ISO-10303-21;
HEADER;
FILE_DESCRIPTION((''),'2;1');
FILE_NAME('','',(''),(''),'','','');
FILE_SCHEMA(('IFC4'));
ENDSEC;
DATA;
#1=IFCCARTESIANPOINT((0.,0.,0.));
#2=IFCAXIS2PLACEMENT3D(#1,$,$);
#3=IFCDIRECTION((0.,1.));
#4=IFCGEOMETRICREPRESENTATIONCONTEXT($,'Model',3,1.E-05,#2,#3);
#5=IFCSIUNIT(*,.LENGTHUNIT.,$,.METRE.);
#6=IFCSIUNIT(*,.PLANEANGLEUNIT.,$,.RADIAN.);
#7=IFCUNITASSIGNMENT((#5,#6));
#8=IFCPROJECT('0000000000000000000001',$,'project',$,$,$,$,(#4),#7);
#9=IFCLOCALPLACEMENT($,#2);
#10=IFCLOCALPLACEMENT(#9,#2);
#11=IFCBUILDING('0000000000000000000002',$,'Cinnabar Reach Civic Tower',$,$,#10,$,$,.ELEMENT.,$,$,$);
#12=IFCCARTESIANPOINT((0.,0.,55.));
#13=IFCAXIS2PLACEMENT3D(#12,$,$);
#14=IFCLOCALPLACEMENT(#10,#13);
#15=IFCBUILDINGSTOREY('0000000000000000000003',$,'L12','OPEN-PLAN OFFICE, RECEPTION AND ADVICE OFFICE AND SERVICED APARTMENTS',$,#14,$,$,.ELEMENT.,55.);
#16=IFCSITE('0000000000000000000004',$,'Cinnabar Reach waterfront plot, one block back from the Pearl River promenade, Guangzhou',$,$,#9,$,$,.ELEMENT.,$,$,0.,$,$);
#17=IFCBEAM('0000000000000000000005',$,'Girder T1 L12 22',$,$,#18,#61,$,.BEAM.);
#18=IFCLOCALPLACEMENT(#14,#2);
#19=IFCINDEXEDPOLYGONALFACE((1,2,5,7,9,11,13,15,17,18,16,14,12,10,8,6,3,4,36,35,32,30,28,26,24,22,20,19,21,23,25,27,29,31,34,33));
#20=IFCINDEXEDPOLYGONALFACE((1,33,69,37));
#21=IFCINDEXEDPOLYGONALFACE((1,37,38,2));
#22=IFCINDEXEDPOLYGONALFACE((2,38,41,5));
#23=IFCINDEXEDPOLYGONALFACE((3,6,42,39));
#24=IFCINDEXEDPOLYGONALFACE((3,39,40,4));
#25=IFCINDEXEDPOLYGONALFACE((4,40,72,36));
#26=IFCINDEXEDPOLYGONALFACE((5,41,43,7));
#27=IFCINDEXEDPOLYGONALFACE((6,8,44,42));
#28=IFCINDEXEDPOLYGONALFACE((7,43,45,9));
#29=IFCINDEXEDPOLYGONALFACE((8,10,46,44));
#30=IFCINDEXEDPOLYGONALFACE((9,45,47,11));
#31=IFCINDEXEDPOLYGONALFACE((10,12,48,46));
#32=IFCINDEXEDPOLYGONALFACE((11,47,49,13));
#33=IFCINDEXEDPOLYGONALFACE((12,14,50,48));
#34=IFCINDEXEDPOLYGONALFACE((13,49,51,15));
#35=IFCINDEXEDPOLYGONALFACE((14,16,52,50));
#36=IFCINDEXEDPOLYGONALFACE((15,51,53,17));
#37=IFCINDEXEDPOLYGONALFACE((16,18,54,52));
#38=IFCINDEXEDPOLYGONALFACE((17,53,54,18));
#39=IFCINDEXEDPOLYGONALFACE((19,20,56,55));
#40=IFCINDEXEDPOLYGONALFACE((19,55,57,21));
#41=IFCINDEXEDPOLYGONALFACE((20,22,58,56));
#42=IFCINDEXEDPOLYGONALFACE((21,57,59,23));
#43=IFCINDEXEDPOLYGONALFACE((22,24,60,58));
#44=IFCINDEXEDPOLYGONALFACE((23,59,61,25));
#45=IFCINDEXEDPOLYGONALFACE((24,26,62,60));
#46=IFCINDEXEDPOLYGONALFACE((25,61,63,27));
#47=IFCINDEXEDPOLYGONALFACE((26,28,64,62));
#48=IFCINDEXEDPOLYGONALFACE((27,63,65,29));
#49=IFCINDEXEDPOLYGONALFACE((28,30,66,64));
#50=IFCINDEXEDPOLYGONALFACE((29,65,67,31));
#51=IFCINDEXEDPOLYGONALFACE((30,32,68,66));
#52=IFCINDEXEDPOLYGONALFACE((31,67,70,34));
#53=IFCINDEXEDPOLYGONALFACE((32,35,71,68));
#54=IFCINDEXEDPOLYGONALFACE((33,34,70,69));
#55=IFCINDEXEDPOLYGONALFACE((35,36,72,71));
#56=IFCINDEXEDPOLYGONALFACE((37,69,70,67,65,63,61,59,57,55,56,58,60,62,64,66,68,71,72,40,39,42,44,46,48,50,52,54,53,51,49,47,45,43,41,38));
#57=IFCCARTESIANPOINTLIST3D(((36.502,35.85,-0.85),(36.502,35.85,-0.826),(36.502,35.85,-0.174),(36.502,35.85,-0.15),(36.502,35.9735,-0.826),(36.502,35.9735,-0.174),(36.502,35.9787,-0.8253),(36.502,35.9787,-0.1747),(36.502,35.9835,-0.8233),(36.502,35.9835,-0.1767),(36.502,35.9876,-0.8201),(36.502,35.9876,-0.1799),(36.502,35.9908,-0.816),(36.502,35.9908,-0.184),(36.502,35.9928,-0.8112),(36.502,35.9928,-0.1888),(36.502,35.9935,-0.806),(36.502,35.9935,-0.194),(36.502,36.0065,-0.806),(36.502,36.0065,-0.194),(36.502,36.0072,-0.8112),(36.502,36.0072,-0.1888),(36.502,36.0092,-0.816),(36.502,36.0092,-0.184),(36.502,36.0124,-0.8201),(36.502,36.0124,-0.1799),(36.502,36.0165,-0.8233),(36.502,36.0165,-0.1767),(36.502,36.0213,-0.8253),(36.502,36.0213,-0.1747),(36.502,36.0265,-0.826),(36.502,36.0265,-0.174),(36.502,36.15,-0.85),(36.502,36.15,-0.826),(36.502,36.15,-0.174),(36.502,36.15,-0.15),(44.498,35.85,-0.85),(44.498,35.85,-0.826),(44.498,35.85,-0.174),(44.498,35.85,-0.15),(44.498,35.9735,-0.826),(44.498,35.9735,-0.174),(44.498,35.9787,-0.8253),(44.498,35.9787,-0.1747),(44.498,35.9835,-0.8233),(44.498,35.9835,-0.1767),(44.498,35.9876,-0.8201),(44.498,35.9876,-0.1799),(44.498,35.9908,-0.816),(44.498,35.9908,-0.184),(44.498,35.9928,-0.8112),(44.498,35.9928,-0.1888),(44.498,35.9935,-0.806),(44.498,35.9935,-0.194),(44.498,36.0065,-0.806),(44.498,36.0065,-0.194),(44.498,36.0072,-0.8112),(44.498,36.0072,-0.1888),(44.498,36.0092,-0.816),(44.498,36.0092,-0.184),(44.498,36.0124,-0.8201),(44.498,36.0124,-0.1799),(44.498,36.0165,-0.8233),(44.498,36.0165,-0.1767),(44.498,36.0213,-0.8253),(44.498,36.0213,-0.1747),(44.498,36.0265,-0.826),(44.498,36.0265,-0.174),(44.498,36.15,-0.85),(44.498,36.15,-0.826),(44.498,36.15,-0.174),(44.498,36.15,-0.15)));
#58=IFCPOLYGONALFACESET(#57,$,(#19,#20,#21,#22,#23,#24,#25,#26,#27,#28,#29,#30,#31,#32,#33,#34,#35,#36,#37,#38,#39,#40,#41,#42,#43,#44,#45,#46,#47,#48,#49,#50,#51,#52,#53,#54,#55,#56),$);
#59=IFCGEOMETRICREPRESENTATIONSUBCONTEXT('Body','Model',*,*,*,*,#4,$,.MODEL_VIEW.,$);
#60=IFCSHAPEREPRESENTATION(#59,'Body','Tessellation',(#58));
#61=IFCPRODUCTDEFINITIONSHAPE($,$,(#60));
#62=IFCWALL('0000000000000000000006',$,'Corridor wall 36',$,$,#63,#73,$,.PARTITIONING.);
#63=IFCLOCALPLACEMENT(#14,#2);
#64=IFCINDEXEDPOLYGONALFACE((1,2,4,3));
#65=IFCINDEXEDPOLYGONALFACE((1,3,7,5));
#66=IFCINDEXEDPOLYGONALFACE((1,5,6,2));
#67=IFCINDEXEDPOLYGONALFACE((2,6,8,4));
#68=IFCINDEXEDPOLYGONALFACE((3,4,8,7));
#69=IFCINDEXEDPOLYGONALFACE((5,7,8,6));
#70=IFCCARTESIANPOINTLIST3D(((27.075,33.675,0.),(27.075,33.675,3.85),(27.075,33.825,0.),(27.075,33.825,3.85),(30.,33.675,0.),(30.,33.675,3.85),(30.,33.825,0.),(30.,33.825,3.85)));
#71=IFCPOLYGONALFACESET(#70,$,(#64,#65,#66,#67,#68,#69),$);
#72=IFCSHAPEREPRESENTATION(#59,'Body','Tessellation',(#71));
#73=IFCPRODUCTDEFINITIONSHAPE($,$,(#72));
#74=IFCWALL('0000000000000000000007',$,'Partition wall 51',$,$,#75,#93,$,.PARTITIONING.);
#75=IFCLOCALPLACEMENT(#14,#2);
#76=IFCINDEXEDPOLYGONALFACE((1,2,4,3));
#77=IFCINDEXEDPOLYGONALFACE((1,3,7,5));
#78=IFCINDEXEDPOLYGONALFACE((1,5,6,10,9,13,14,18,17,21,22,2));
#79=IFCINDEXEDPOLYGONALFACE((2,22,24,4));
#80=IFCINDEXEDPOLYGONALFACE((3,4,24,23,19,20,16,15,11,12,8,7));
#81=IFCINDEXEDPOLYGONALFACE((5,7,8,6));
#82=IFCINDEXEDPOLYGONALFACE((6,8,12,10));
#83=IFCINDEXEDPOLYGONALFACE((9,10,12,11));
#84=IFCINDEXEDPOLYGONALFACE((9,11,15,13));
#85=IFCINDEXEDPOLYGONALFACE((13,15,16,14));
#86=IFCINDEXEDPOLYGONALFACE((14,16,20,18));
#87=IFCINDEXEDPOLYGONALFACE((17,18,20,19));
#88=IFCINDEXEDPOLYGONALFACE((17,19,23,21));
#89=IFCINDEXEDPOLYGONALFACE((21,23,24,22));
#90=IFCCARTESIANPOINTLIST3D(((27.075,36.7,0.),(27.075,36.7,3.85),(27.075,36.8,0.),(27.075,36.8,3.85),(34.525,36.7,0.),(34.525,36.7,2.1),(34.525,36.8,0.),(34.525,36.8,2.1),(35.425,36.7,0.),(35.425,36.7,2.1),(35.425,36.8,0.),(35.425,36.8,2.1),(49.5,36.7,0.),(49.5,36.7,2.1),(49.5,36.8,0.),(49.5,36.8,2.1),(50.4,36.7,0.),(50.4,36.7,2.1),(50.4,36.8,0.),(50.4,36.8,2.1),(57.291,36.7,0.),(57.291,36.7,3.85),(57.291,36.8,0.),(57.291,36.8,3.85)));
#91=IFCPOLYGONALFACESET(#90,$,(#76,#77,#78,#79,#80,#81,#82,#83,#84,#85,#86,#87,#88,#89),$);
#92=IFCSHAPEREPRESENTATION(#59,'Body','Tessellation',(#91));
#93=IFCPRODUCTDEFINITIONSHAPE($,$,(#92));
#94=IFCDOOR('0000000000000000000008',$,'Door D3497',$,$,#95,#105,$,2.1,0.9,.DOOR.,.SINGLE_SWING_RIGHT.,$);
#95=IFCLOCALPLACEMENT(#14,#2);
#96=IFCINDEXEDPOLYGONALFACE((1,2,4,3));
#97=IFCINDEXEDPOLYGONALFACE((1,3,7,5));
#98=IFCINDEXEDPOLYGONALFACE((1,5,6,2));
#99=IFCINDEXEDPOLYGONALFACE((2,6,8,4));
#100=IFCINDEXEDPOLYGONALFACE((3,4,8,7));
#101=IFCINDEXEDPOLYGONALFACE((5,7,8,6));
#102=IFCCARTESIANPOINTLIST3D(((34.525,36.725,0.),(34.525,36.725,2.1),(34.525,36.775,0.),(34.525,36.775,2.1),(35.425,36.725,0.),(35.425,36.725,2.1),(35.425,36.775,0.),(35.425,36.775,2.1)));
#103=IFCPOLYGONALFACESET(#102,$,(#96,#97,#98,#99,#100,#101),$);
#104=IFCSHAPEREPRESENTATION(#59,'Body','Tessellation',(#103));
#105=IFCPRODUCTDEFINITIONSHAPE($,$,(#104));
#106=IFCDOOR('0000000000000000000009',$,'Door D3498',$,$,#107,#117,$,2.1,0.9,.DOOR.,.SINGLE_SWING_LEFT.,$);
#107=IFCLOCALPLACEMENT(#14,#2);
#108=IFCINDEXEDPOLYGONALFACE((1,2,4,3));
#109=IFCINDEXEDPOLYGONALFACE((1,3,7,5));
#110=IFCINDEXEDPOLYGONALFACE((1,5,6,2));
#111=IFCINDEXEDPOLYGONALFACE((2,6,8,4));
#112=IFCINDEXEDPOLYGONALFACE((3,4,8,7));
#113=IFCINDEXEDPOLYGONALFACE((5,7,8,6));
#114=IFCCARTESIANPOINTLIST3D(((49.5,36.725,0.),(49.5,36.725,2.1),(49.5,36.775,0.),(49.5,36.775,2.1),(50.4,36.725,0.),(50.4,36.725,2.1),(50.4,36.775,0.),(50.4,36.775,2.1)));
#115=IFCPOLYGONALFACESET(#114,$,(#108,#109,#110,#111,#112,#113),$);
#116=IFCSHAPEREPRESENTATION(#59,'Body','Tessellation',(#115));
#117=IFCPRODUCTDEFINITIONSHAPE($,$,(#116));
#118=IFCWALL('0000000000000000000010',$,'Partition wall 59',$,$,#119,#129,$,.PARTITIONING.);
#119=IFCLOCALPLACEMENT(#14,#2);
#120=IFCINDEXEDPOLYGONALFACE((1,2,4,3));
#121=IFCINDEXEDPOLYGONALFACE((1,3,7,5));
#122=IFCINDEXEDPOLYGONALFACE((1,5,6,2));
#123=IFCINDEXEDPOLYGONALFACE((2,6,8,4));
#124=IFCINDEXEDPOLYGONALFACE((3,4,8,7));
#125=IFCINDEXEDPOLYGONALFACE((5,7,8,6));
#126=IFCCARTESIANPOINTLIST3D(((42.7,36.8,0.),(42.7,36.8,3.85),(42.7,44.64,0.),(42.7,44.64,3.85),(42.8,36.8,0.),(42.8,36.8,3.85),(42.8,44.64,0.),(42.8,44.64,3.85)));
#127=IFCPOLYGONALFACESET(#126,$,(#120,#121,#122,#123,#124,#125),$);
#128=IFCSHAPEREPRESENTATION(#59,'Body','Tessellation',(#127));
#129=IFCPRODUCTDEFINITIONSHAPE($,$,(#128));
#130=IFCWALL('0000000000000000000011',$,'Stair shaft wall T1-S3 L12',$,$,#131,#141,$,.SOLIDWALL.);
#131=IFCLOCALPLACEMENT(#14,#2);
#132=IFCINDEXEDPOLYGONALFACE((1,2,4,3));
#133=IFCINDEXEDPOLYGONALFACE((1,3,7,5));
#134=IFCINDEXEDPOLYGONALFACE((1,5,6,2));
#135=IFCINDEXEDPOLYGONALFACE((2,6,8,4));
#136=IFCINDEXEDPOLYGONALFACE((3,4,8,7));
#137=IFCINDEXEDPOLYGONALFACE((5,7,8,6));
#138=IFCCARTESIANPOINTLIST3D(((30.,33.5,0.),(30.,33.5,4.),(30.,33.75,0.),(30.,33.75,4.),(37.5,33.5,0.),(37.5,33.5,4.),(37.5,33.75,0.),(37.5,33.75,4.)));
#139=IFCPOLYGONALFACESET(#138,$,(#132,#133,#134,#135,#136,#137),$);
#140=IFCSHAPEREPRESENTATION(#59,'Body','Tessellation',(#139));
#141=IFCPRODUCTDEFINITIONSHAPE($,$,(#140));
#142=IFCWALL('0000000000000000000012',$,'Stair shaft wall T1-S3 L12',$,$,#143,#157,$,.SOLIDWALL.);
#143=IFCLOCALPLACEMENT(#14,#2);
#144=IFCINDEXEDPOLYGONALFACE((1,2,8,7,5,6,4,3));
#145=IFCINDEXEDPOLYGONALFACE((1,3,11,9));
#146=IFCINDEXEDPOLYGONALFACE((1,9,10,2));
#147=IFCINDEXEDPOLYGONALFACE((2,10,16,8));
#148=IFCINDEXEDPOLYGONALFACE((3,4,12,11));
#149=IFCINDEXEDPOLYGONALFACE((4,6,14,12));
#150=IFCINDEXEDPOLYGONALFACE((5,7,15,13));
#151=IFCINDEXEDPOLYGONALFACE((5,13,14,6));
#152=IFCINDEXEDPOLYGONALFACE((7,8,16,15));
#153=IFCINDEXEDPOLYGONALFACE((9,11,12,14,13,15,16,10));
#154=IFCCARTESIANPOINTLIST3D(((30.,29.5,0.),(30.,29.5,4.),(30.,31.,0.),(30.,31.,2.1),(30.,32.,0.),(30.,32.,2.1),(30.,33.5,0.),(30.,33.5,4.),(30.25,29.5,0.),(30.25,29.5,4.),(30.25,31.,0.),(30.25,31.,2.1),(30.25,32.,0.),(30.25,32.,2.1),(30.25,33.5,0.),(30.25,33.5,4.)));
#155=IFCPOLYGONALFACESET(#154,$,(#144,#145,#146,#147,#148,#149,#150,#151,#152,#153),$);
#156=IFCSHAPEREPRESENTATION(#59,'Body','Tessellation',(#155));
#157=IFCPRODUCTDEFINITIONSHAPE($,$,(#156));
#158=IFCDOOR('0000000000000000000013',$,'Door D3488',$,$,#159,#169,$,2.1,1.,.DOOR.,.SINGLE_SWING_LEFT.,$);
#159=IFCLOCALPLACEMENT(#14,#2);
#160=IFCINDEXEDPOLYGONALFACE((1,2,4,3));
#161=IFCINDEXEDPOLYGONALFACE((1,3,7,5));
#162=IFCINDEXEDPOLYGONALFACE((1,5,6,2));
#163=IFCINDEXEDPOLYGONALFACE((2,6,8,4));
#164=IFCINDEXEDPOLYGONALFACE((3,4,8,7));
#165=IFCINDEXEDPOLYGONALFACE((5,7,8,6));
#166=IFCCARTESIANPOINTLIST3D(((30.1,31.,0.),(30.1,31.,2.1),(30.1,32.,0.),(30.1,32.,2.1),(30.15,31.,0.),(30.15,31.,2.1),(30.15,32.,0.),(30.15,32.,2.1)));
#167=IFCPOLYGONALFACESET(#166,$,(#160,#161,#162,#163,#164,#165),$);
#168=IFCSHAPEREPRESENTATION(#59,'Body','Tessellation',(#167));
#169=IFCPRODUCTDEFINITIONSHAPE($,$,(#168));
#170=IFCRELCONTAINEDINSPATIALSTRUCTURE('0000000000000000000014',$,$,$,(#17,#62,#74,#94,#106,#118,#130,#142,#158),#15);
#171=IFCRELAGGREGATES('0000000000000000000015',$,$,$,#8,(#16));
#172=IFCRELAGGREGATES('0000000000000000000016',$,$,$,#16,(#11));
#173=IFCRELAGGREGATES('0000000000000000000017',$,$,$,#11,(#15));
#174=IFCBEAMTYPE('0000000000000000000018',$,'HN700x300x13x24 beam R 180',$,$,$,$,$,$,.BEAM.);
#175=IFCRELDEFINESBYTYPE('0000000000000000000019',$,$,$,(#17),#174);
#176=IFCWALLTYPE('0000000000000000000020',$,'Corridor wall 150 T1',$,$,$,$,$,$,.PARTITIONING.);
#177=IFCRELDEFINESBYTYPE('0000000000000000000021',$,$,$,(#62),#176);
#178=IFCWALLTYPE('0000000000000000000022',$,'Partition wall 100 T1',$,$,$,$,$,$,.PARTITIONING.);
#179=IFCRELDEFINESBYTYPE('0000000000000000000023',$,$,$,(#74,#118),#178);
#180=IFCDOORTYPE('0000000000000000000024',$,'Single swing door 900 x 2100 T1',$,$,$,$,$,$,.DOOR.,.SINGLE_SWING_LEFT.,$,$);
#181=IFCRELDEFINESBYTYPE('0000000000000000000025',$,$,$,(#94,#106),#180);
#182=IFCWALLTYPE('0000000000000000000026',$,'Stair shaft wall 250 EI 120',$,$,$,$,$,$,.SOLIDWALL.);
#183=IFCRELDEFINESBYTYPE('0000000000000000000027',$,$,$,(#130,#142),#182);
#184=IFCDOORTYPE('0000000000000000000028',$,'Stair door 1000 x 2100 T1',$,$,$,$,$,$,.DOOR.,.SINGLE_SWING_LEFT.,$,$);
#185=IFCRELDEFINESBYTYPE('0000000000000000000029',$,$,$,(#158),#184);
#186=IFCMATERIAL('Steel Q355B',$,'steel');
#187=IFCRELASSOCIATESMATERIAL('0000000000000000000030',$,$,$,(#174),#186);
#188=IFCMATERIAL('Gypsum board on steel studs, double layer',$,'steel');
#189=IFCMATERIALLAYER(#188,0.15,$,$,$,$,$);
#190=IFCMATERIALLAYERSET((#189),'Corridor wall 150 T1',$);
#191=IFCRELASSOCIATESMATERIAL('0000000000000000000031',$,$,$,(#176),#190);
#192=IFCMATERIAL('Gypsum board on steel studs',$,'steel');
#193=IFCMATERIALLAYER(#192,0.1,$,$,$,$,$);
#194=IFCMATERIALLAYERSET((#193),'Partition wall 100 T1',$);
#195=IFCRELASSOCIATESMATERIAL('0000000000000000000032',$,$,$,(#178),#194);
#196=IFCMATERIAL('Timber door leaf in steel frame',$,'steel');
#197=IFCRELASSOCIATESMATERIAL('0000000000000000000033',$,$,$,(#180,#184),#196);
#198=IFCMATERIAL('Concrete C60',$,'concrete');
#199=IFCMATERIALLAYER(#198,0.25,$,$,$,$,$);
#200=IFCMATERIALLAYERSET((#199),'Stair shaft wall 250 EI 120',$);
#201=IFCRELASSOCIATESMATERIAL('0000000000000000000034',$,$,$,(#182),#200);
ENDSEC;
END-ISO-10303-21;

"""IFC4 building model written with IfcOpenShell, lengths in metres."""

from ifc_helpers import new_model, si_unit, direction, frame, frame_2d, origin, origin_2d, place, context, subcontext, project, spatial, rectangle, i_section, extrude, material, layer, layer_set, material_profile, profile_set, type_object, element, fill, save


model = new_model("IFC4")

# Units and contexts
model_context = context("Model", 3, precision=1e-05, world=origin(), true_north=direction((0.0, 1.0)))
body_context = subcontext(model_context, "Body", "Model", "MODEL_VIEW")
ifc_project = project(units=[si_unit("LENGTHUNIT", "METRE"), si_unit("PLANEANGLEUNIT", "RADIAN")], contexts=[model_context])

# Site, building, storey
site_placement = place(None, origin())
site = spatial("IfcSite", under=ifc_project, at=site_placement, Name="Cinnabar Reach waterfront plot, one block back from the Pearl River promenade, Guangzhou", CompositionType="ELEMENT", RefElevation=0.0)
building_placement = place(site_placement, origin())
building = spatial("IfcBuilding", under=site, at=building_placement, Name="Cinnabar Reach Civic Tower", CompositionType="ELEMENT")
storey_placement = place(building_placement, frame((0.0, 0.0, 55.0)))
storey = spatial("IfcBuildingStorey", under=building, at=storey_placement, Name="L12", Description="OPEN-PLAN OFFICE, RECEPTION AND ADVICE OFFICE AND SERVICED APARTMENTS", CompositionType="ELEMENT", Elevation=55.0)

# Beam
ifc_material_1 = material(Name="Steel Q355B", Category="steel")
ifc_material_profile_1 = material_profile(ifc_material_1, i_section(OverallWidth=0.3, OverallDepth=0.7, WebThickness=0.013, FlangeThickness=0.024, FilletRadius=0.02, at=origin_2d()), Name="HN700x300x13x24")
ifc_profile_set_1 = profile_set([ifc_material_profile_1], Name="Steel Q355B")
beam_type_1 = type_object("IfcBeamType", Name="HN700x300x13x24 beam R 180", PredefinedType="BEAM", material=ifc_profile_set_1)
for number, where, z_axis, x_axis, name in (
    (1, (36.502, 36.0, -0.5), (1.0, 0.0, 0.0), (0.0, 1.0, 0.0), "Girder T1 L12 22"),
):
    element("IfcBeam", number, at=place(storey_placement, frame(where, z_axis=z_axis, x_axis=x_axis)), inside=storey, type_object=beam_type_1, Name=name, PredefinedType="BEAM", context=body_context, shape_type="SweptSolid", body=[
        extrude(i_section(OverallWidth=0.3, OverallDepth=0.7, WebThickness=0.013, FlangeThickness=0.024, FilletRadius=0.02, at=origin_2d()), origin(), (0.0, 0.0, 1.0), 7.996),
    ])

# Wall
ifc_material_2 = material(Name="Gypsum board on steel studs, double layer", Category="steel")
ifc_layer_1 = layer(ifc_material_2, 0.15)
ifc_layer_set_1 = layer_set([ifc_layer_1], Name="Corridor wall 150 T1")
wall_type_1 = type_object("IfcWallType", Name="Corridor wall 150 T1", PredefinedType="PARTITIONING", material=ifc_layer_set_1)
wall_1_placement = place(storey_placement, frame((27.075, 33.75, 0.0), z_axis=(0.0, 0.0, 1.0), x_axis=(1.0, 0.0, 0.0)))
element("IfcWall", 2, at=wall_1_placement, inside=storey, type_object=wall_type_1, Name="Corridor wall 36", PredefinedType="PARTITIONING", context=body_context, shape_type="SweptSolid", body=[
    extrude(rectangle(XDim=2.925, YDim=0.15, at=frame_2d((1.4625, 0.0))), origin(), (0.0, 0.0, 1.0), 3.85),
])

# Wall, openings, doors
ifc_material_3 = material(Name="Gypsum board on steel studs", Category="steel")
ifc_layer_2 = layer(ifc_material_3, 0.1)
ifc_layer_set_2 = layer_set([ifc_layer_2], Name="Partition wall 100 T1")
wall_type_2 = type_object("IfcWallType", Name="Partition wall 100 T1", PredefinedType="PARTITIONING", material=ifc_layer_set_2)
wall_2_placement = place(storey_placement, frame((27.075, 36.75, 0.0), z_axis=(0.0, 0.0, 1.0), x_axis=(1.0, 0.0, 0.0)))
wall_2 = element("IfcWall", 3, at=wall_2_placement, inside=storey, type_object=wall_type_2, Name="Partition wall 51", PredefinedType="PARTITIONING", context=body_context, shape_type="SweptSolid", body=[
    extrude(rectangle(XDim=30.2159, YDim=0.1, at=frame_2d((15.108, 0.0))), origin(), (0.0, 0.0, 1.0), 3.85),
])
opening_1_placement = place(wall_2_placement, frame((7.45, 0.0, 0.0)))
opening_1 = element("IfcOpeningElement", 4, at=opening_1_placement, cuts=wall_2, PredefinedType="OPENING", context=body_context, shape_type="SweptSolid", body=[
    extrude(rectangle(XDim=0.9, YDim=2.1, at=frame_2d((0.45, 1.05))), frame((0.0, 0.06, 0.0), z_axis=(0.0, -1.0, 0.0), x_axis=(1.0, 0.0, 0.0)), (0.0, 0.0, 1.0), 0.12),
])
opening_2_placement = place(wall_2_placement, frame((22.425, 0.0, 0.0)))
opening_2 = element("IfcOpeningElement", 5, at=opening_2_placement, cuts=wall_2, PredefinedType="OPENING", context=body_context, shape_type="SweptSolid", body=[
    extrude(rectangle(XDim=0.9, YDim=2.1, at=frame_2d((0.45, 1.05))), frame((0.0, 0.06, 0.0), z_axis=(0.0, -1.0, 0.0), x_axis=(1.0, 0.0, 0.0)), (0.0, 0.0, 1.0), 0.12),
])
ifc_material_4 = material(Name="Timber door leaf in steel frame", Category="steel")
door_type_1 = type_object("IfcDoorType", Name="Single swing door 900 x 2100 T1", OperationType="SINGLE_SWING_LEFT", PredefinedType="DOOR", material=ifc_material_4)
door_1_placement = place(opening_1_placement, origin())
door_1 = element("IfcDoor", 6, at=door_1_placement, inside=storey, type_object=door_type_1, Name="Door D3497", OperationType="SINGLE_SWING_RIGHT", OverallHeight=2.1, OverallWidth=0.9, PredefinedType="DOOR", context=body_context, shape_type="SweptSolid", body=[
    extrude(rectangle(XDim=0.9, YDim=2.1, at=frame_2d((0.45, 1.05))), frame((0.0, 0.025, 0.0), z_axis=(0.0, -1.0, 0.0), x_axis=(1.0, 0.0, 0.0)), (0.0, 0.0, 1.0), 0.05),
])
fill(opening_1, door_1)
door_2_placement = place(opening_2_placement, origin())
door_2 = element("IfcDoor", 7, at=door_2_placement, inside=storey, type_object=door_type_1, Name="Door D3498", OperationType="SINGLE_SWING_LEFT", OverallHeight=2.1, OverallWidth=0.9, PredefinedType="DOOR", context=body_context, shape_type="SweptSolid", body=[
    extrude(rectangle(XDim=0.9, YDim=2.1, at=frame_2d((0.45, 1.05))), frame((0.0, 0.025, 0.0), z_axis=(0.0, -1.0, 0.0), x_axis=(1.0, 0.0, 0.0)), (0.0, 0.0, 1.0), 0.05),
])
fill(opening_2, door_2)

# Walls
wall_3_placement = place(storey_placement, frame((42.75, 36.8, 0.0), z_axis=(0.0, 0.0, 1.0), x_axis=(0.0, 1.0, 0.0)))
element("IfcWall", 8, at=wall_3_placement, inside=storey, type_object=wall_type_2, Name="Partition wall 59", PredefinedType="PARTITIONING", context=body_context, shape_type="SweptSolid", body=[
    extrude(rectangle(XDim=7.84, YDim=0.1, at=frame_2d((3.92, 0.0))), origin(), (0.0, 0.0, 1.0), 3.85),
])
ifc_material_5 = material(Name="Concrete C60", Category="concrete")
ifc_layer_3 = layer(ifc_material_5, 0.25)
ifc_layer_set_3 = layer_set([ifc_layer_3], Name="Stair shaft wall 250 EI 120")
wall_type_3 = type_object("IfcWallType", Name="Stair shaft wall 250 EI 120", PredefinedType="SOLIDWALL", material=ifc_layer_set_3)
wall_4_placement = place(storey_placement, frame((37.5, 33.625, 0.0), z_axis=(0.0, 0.0, 1.0), x_axis=(-1.0, 0.0, 0.0)))
element("IfcWall", 9, at=wall_4_placement, inside=storey, type_object=wall_type_3, Name="Stair shaft wall T1-S3 L12", PredefinedType="SOLIDWALL", context=body_context, shape_type="SweptSolid", body=[
    extrude(rectangle(XDim=7.5, YDim=0.25, at=frame_2d((3.75, 0.0))), origin(), (0.0, 0.0, 1.0), 4.0),
])

# Wall, opening, door
wall_5_placement = place(storey_placement, frame((30.125, 33.5, 0.0), z_axis=(0.0, 0.0, 1.0), x_axis=(0.0, -1.0, 0.0)))
wall_5 = element("IfcWall", 10, at=wall_5_placement, inside=storey, type_object=wall_type_3, Name="Stair shaft wall T1-S3 L12", PredefinedType="SOLIDWALL", context=body_context, shape_type="SweptSolid", body=[
    extrude(rectangle(XDim=4.0, YDim=0.25, at=frame_2d((2.0, 0.0))), origin(), (0.0, 0.0, 1.0), 4.0),
])
opening_3_placement = place(wall_5_placement, frame((1.5, 0.0, 0.0)))
opening_3 = element("IfcOpeningElement", 11, at=opening_3_placement, cuts=wall_5, PredefinedType="OPENING", context=body_context, shape_type="SweptSolid", body=[
    extrude(rectangle(XDim=1.0, YDim=2.1, at=frame_2d((0.5, 1.05))), frame((0.0, 0.135, 0.0), z_axis=(0.0, -1.0, 0.0), x_axis=(1.0, 0.0, 0.0)), (0.0, 0.0, 1.0), 0.27),
])
door_type_2 = type_object("IfcDoorType", Name="Stair door 1000 x 2100 T1", OperationType="SINGLE_SWING_LEFT", PredefinedType="DOOR", material=ifc_material_4)
door_3_placement = place(opening_3_placement, origin())
door_3 = element("IfcDoor", 12, at=door_3_placement, inside=storey, type_object=door_type_2, Name="Door D3488", OperationType="SINGLE_SWING_LEFT", OverallHeight=2.1, OverallWidth=1.0, PredefinedType="DOOR", context=body_context, shape_type="SweptSolid", body=[
    extrude(rectangle(XDim=1.0, YDim=2.1, at=frame_2d((0.5, 1.05))), frame((0.0, 0.025, 0.0), z_axis=(0.0, -1.0, 0.0), x_axis=(1.0, 0.0, 0.0)), (0.0, 0.0, 1.0), 0.05),
])
fill(opening_3, door_3)

save(model, "model.ifc")
